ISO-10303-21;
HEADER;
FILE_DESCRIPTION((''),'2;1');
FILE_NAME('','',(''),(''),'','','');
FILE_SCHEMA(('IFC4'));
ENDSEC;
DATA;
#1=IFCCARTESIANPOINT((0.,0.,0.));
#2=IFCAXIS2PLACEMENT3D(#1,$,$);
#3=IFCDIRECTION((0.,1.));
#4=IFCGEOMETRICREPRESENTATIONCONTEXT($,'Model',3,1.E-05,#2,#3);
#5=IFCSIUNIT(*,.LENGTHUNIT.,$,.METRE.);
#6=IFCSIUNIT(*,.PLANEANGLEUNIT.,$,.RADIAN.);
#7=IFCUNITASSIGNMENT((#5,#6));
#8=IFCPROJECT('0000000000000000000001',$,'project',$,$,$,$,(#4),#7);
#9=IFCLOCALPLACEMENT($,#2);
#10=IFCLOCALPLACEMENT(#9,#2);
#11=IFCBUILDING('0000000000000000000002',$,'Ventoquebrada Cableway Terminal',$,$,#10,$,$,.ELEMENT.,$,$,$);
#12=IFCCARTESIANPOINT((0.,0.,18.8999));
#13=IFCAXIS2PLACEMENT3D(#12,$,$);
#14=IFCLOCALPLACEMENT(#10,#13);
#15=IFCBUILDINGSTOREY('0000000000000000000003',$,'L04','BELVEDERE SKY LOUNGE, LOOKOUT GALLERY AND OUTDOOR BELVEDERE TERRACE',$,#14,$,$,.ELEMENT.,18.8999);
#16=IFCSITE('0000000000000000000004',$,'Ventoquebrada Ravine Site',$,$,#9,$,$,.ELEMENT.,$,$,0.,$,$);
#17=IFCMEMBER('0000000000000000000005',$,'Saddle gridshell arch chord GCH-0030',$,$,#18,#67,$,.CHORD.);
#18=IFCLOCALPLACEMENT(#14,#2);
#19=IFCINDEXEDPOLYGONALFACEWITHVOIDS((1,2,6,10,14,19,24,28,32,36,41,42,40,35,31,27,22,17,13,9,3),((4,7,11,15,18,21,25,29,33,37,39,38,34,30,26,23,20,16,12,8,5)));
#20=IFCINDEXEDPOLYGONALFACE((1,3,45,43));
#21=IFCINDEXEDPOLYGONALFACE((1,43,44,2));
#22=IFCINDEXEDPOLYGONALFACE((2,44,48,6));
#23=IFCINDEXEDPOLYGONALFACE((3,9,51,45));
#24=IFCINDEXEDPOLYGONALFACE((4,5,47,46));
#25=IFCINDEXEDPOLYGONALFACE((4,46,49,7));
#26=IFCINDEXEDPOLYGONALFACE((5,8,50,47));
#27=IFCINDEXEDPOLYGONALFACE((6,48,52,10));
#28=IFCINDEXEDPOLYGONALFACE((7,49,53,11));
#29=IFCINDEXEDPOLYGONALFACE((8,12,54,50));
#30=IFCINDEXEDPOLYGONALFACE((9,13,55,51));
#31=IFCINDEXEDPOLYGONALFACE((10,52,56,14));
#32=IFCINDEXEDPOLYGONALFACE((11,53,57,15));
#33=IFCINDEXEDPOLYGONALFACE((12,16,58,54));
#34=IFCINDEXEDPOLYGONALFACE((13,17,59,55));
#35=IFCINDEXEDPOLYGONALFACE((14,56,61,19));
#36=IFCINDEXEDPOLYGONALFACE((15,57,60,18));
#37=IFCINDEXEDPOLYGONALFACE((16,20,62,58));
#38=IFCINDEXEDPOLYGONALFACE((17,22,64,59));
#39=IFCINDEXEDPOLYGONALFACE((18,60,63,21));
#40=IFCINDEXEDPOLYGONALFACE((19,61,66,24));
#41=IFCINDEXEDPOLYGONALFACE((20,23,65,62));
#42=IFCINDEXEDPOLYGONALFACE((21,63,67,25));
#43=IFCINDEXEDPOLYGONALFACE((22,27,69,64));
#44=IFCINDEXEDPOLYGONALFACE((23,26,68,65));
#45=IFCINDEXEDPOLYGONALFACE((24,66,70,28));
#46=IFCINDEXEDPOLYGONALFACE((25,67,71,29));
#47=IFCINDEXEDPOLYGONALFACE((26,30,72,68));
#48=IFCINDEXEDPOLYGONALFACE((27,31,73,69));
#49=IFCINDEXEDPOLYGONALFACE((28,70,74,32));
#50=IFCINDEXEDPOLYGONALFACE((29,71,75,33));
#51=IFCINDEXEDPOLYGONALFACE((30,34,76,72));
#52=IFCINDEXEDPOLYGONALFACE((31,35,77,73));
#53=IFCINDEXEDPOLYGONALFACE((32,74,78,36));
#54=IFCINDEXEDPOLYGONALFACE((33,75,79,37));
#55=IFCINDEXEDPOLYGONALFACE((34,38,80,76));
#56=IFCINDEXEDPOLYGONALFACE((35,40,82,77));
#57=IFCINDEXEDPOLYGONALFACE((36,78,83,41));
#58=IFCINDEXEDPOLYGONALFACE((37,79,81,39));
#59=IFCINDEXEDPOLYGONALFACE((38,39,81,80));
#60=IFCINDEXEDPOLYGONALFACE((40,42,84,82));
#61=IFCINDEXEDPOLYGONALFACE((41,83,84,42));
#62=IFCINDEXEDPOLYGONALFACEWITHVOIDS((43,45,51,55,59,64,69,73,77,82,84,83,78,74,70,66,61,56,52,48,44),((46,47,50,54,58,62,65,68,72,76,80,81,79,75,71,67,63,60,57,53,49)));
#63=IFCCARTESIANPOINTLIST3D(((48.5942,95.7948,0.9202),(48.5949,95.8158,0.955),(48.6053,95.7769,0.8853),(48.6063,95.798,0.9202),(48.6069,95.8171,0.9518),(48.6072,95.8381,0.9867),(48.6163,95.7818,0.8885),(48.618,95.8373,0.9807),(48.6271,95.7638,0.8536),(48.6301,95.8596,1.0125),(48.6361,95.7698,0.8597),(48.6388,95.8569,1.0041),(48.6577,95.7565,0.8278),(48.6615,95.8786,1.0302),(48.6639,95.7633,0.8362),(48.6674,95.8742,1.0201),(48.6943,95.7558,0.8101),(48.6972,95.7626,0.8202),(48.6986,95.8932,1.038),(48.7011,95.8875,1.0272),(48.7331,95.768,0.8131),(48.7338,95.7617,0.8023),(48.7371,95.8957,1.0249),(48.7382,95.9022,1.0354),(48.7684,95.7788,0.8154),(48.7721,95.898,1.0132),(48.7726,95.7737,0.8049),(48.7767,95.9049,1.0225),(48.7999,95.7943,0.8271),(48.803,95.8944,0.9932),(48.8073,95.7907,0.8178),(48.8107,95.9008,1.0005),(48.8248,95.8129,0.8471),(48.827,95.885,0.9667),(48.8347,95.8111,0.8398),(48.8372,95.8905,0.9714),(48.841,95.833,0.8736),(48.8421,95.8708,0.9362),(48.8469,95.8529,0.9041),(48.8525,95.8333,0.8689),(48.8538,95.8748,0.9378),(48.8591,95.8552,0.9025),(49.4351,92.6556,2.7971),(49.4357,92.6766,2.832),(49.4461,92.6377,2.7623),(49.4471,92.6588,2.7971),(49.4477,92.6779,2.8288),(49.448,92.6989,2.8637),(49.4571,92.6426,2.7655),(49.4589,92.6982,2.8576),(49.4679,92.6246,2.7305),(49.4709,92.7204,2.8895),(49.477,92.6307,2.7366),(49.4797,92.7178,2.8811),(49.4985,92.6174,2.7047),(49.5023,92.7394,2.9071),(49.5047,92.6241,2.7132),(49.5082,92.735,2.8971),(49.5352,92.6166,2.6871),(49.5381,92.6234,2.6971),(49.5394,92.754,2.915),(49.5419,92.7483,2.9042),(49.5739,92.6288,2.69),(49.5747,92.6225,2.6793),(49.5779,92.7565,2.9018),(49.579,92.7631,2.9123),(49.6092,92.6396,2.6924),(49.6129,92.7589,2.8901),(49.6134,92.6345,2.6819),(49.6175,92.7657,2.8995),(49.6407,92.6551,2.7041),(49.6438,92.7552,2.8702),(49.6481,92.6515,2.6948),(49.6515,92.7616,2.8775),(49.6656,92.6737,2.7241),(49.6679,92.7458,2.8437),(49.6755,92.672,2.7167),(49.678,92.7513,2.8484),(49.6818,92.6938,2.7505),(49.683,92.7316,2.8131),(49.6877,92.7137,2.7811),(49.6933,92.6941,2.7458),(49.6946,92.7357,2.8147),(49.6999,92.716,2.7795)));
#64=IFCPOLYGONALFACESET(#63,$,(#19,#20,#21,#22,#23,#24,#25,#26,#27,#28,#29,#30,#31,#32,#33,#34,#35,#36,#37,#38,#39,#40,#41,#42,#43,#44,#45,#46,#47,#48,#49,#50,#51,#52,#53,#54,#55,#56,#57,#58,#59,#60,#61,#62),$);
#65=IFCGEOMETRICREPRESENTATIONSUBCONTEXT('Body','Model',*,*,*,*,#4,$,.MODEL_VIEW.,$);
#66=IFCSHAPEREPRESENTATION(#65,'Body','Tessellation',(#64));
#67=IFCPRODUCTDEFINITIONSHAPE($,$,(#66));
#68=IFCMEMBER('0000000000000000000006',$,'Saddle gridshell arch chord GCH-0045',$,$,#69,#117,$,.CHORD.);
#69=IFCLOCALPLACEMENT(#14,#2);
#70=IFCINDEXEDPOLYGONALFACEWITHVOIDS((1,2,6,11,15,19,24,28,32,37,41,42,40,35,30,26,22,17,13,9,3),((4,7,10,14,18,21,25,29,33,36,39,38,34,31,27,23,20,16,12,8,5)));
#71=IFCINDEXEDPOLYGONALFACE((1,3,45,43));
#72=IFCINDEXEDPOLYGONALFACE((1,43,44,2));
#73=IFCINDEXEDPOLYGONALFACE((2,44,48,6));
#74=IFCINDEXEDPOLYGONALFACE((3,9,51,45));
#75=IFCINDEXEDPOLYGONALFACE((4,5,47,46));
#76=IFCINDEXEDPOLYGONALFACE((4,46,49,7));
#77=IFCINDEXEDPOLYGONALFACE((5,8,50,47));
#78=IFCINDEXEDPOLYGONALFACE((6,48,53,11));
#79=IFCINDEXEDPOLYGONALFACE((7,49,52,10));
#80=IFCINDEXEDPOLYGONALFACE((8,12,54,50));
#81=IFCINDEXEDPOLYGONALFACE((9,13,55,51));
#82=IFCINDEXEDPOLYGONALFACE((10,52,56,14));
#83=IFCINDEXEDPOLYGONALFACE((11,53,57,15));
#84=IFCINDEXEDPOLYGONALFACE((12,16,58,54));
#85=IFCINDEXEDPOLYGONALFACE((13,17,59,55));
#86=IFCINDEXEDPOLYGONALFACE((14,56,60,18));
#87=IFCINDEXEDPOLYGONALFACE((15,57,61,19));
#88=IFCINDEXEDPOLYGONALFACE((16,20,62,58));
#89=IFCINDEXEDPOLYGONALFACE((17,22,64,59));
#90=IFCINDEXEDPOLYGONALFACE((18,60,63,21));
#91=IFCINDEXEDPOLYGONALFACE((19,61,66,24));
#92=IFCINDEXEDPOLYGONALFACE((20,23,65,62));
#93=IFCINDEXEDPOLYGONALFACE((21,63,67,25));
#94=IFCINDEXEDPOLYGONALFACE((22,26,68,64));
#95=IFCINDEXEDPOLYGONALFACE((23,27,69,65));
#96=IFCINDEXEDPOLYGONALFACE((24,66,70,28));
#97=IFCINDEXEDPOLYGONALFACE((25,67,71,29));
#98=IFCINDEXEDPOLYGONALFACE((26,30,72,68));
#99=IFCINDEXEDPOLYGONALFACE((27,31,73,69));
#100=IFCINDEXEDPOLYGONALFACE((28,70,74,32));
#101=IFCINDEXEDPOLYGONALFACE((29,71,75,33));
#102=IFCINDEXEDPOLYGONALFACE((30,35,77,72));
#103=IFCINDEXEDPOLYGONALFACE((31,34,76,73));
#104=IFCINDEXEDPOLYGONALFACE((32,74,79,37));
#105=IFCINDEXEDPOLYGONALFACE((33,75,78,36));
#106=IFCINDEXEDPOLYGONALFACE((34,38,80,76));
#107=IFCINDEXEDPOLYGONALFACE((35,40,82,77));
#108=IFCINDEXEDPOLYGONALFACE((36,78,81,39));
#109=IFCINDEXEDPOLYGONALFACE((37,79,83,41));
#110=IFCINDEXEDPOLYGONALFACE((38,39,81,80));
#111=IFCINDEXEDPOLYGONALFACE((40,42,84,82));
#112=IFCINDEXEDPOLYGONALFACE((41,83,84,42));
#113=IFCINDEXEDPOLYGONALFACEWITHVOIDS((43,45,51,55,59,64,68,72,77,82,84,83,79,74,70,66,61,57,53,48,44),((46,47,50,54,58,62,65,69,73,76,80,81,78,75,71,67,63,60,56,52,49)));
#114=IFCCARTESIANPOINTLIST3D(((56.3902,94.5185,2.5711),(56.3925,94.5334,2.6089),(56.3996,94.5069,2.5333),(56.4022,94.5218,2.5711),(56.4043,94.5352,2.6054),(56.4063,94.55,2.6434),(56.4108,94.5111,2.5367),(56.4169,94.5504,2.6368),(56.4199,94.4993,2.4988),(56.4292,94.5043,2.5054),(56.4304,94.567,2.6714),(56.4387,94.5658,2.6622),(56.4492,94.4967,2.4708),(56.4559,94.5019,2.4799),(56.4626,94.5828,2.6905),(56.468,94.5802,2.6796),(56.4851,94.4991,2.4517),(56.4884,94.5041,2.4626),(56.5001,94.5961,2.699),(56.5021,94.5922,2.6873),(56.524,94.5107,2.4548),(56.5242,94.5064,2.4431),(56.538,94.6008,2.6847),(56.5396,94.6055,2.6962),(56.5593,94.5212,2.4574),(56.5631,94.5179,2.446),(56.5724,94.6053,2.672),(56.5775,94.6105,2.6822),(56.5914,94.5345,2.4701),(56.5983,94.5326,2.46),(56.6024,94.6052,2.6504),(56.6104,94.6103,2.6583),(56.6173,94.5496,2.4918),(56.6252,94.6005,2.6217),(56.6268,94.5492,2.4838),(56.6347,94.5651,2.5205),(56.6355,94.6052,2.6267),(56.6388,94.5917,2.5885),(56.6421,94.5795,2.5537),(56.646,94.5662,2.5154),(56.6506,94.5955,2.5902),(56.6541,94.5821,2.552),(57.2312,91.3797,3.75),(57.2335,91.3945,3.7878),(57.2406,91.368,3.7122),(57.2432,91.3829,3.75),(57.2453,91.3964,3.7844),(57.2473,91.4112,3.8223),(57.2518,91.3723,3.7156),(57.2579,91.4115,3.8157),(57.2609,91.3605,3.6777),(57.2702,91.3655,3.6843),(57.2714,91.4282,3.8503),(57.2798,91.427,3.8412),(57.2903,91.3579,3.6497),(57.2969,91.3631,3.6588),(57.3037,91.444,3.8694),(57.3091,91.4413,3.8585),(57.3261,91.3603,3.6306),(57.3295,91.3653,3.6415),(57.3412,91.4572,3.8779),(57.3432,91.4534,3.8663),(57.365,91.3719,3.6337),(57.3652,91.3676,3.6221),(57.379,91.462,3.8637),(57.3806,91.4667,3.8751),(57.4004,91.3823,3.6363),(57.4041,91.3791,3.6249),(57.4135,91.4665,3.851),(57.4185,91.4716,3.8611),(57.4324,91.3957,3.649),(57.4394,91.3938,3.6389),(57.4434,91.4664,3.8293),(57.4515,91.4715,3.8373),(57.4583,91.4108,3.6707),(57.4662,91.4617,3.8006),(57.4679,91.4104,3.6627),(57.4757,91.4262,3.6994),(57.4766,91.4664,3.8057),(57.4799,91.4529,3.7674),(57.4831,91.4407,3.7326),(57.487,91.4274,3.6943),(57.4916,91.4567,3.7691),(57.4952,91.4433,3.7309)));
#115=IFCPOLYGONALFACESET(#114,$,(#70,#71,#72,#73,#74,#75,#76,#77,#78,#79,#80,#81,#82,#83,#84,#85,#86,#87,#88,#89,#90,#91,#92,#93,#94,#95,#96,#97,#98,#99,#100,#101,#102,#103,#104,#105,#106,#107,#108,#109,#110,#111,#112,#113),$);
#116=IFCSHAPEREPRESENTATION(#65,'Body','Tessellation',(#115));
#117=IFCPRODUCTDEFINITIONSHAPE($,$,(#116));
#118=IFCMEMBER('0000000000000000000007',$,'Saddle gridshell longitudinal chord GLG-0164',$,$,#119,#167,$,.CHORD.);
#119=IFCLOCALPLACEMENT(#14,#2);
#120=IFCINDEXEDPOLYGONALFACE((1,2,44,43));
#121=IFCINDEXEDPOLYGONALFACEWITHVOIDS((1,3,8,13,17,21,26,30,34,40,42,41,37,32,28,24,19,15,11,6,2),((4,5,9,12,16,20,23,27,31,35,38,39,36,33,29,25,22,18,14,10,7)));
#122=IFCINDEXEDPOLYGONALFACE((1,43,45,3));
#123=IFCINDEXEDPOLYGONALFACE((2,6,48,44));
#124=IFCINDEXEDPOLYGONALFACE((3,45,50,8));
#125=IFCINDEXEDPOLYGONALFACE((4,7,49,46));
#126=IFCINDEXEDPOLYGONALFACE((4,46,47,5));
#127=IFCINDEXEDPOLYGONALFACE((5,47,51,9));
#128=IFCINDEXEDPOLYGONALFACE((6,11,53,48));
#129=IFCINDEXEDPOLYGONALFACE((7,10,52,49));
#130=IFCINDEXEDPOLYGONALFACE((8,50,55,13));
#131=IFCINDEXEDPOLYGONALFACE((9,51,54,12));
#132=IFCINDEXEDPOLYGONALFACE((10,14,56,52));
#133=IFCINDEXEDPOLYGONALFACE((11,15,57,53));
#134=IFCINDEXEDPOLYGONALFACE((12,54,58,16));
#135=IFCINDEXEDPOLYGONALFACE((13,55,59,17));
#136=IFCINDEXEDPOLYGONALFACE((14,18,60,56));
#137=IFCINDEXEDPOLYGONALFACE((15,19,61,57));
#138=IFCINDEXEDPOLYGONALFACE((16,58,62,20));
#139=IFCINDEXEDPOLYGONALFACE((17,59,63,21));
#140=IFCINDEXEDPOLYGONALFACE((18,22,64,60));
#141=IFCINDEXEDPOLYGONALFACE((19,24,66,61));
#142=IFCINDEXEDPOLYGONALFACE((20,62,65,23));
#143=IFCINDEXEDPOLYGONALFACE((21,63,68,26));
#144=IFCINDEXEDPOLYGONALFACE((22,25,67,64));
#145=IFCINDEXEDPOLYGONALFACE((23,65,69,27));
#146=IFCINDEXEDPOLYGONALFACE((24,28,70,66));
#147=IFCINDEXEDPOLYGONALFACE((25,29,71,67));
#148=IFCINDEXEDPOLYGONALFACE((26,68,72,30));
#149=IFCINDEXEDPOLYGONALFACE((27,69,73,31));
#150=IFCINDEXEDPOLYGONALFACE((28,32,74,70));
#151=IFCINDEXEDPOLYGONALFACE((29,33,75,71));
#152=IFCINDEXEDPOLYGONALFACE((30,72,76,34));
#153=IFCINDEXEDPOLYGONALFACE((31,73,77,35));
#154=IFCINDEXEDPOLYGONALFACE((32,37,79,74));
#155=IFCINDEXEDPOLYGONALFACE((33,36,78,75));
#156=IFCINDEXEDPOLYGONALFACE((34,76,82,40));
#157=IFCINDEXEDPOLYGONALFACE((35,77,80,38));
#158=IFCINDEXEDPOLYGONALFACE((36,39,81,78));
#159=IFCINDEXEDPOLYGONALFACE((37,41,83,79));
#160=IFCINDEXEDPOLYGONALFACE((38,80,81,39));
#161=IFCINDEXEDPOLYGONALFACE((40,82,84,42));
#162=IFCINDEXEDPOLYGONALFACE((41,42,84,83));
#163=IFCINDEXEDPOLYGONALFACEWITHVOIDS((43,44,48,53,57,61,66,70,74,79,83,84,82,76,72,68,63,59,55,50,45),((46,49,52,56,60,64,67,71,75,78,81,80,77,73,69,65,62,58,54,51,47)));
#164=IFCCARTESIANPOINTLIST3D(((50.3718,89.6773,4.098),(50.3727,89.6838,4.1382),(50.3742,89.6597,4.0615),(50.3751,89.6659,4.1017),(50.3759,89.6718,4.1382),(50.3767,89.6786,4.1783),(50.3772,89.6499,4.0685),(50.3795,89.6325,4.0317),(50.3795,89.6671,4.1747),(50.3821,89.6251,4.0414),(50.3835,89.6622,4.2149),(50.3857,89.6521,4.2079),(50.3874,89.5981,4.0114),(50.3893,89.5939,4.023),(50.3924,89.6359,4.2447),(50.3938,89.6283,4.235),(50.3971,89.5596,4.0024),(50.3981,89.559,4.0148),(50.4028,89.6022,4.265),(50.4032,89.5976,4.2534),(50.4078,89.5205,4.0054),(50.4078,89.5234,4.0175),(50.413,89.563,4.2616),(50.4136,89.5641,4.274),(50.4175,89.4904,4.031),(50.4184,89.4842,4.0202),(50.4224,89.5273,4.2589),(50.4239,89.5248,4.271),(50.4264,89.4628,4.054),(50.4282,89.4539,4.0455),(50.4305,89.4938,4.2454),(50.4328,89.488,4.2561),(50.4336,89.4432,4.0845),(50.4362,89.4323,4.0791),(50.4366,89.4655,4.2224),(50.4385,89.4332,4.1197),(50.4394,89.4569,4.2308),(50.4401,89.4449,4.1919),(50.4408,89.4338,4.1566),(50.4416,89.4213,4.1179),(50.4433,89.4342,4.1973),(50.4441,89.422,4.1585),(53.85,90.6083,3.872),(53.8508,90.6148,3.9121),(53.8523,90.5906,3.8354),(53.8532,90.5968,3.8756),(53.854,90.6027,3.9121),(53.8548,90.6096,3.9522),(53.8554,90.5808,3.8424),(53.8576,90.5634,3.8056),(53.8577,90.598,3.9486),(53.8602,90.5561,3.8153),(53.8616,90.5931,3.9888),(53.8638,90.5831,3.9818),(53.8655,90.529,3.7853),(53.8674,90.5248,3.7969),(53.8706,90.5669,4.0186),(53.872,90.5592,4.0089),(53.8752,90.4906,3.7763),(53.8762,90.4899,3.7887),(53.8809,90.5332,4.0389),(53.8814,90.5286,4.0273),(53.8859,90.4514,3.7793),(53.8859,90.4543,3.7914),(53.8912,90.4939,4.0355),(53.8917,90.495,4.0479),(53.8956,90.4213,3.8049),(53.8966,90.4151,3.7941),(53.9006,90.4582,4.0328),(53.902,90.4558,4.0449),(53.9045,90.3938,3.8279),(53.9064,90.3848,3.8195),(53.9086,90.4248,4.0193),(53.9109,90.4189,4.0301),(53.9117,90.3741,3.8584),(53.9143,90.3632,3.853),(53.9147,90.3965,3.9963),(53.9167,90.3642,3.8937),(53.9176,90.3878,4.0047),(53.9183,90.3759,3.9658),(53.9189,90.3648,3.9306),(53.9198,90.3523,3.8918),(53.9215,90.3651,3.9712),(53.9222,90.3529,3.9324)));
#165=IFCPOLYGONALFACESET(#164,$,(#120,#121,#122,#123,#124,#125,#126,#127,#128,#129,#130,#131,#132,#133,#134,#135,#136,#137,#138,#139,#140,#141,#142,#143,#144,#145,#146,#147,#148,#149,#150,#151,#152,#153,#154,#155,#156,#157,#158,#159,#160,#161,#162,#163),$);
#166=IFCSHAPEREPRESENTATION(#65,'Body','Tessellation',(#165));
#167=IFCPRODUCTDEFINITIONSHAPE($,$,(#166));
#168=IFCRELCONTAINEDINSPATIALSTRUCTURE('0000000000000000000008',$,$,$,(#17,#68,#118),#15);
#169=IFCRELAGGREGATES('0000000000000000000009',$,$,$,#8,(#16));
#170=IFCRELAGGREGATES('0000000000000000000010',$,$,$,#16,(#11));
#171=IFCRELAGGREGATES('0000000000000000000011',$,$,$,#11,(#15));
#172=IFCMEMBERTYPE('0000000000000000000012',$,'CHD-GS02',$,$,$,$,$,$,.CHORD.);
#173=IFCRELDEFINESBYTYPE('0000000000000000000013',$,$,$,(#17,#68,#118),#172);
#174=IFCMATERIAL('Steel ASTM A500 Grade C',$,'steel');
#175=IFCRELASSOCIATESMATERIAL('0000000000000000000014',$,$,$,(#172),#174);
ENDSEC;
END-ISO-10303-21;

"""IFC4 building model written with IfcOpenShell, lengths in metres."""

from ifc_helpers import new_model, si_unit, direction, frame, origin, origin_2d, place, context, subcontext, project, spatial, hollow_circle, extrude, material, material_profile, profile_set, type_object, element, save


model = new_model("IFC4")

# Units and contexts
model_context = context("Model", 3, precision=1e-05, world=origin(), true_north=direction((0.0, 1.0)))
body_context = subcontext(model_context, "Body", "Model", "MODEL_VIEW")
ifc_project = project(units=[si_unit("LENGTHUNIT", "METRE"), si_unit("PLANEANGLEUNIT", "RADIAN")], contexts=[model_context])

# Site, building, storey
site_placement = place(None, origin())
site = spatial("IfcSite", under=ifc_project, at=site_placement, Name="Ventoquebrada Ravine Site", CompositionType="ELEMENT", RefElevation=0.0)
building_placement = place(site_placement, origin())
building = spatial("IfcBuilding", under=site, at=building_placement, Name="Ventoquebrada Cableway Terminal", CompositionType="ELEMENT")
storey_placement = place(building_placement, frame((0.0, 0.0, 18.8999)))
storey = spatial("IfcBuildingStorey", under=building, at=storey_placement, Name="L04", Description="BELVEDERE SKY LOUNGE, LOOKOUT GALLERY AND OUTDOOR BELVEDERE TERRACE", CompositionType="ELEMENT", Elevation=18.8999)

# Members
ifc_material_1 = material(Name="Steel ASTM A500 Grade C", Category="steel")
ifc_material_profile_1 = material_profile(ifc_material_1, hollow_circle(Radius=0.1365, WallThickness=0.0125, at=origin_2d()), Name="CHS273.0X12.5")
ifc_profile_set_1 = profile_set([ifc_material_profile_1], Name="Steel ASTM A500 Grade C")
member_type_1 = type_object("IfcMemberType", Name="CHD-GS02", PredefinedType="CHORD", material=ifc_profile_set_1)
member_1_placement = place(storey_placement, frame((49.5669, 92.6909, 2.7971), z_axis=(-0.224045, 0.836463, -0.500134), x_axis=(-0.96595, -0.258729, 0.0)))
element("IfcMember", 1, at=member_1_placement, inside=storey, type_object=member_type_1, Name="Saddle gridshell arch chord GCH-0030", PredefinedType="CHORD", context=body_context, shape_type="SweptSolid", body=[
    extrude(hollow_circle(Radius=0.1365, WallThickness=0.0125, at=origin_2d()), origin(), (0.0, 0.0, 1.0), 3.7529),
])
member_2_placement = place(storey_placement, frame((57.363, 91.415, 3.75), z_axis=(-0.243301, 0.908016, -0.341045), x_axis=(-0.965926, -0.258817, 0.0)))
element("IfcMember", 2, at=member_2_placement, inside=storey, type_object=member_type_1, Name="Saddle gridshell arch chord GCH-0045", PredefinedType="CHORD", context=body_context, shape_type="SweptSolid", body=[
    extrude(hollow_circle(Radius=0.1365, WallThickness=0.0125, at=origin_2d()), origin(), (0.0, 0.0, 1.0), 3.4568),
])
member_3_placement = place(storey_placement, frame((50.408, 89.552, 4.1382), z_axis=(0.964098, 0.258045, -0.062667), x_axis=(-0.258553, 0.965997, 0.0)))
element("IfcMember", 3, at=member_3_placement, inside=storey, type_object=member_type_1, Name="Saddle gridshell longitudinal chord GLG-0164", PredefinedType="CHORD", context=body_context, shape_type="SweptSolid", body=[
    extrude(hollow_circle(Radius=0.1365, WallThickness=0.0125, at=origin_2d()), origin(), (0.0, 0.0, 1.0), 3.6077),
])

save(model, "model.ifc")
